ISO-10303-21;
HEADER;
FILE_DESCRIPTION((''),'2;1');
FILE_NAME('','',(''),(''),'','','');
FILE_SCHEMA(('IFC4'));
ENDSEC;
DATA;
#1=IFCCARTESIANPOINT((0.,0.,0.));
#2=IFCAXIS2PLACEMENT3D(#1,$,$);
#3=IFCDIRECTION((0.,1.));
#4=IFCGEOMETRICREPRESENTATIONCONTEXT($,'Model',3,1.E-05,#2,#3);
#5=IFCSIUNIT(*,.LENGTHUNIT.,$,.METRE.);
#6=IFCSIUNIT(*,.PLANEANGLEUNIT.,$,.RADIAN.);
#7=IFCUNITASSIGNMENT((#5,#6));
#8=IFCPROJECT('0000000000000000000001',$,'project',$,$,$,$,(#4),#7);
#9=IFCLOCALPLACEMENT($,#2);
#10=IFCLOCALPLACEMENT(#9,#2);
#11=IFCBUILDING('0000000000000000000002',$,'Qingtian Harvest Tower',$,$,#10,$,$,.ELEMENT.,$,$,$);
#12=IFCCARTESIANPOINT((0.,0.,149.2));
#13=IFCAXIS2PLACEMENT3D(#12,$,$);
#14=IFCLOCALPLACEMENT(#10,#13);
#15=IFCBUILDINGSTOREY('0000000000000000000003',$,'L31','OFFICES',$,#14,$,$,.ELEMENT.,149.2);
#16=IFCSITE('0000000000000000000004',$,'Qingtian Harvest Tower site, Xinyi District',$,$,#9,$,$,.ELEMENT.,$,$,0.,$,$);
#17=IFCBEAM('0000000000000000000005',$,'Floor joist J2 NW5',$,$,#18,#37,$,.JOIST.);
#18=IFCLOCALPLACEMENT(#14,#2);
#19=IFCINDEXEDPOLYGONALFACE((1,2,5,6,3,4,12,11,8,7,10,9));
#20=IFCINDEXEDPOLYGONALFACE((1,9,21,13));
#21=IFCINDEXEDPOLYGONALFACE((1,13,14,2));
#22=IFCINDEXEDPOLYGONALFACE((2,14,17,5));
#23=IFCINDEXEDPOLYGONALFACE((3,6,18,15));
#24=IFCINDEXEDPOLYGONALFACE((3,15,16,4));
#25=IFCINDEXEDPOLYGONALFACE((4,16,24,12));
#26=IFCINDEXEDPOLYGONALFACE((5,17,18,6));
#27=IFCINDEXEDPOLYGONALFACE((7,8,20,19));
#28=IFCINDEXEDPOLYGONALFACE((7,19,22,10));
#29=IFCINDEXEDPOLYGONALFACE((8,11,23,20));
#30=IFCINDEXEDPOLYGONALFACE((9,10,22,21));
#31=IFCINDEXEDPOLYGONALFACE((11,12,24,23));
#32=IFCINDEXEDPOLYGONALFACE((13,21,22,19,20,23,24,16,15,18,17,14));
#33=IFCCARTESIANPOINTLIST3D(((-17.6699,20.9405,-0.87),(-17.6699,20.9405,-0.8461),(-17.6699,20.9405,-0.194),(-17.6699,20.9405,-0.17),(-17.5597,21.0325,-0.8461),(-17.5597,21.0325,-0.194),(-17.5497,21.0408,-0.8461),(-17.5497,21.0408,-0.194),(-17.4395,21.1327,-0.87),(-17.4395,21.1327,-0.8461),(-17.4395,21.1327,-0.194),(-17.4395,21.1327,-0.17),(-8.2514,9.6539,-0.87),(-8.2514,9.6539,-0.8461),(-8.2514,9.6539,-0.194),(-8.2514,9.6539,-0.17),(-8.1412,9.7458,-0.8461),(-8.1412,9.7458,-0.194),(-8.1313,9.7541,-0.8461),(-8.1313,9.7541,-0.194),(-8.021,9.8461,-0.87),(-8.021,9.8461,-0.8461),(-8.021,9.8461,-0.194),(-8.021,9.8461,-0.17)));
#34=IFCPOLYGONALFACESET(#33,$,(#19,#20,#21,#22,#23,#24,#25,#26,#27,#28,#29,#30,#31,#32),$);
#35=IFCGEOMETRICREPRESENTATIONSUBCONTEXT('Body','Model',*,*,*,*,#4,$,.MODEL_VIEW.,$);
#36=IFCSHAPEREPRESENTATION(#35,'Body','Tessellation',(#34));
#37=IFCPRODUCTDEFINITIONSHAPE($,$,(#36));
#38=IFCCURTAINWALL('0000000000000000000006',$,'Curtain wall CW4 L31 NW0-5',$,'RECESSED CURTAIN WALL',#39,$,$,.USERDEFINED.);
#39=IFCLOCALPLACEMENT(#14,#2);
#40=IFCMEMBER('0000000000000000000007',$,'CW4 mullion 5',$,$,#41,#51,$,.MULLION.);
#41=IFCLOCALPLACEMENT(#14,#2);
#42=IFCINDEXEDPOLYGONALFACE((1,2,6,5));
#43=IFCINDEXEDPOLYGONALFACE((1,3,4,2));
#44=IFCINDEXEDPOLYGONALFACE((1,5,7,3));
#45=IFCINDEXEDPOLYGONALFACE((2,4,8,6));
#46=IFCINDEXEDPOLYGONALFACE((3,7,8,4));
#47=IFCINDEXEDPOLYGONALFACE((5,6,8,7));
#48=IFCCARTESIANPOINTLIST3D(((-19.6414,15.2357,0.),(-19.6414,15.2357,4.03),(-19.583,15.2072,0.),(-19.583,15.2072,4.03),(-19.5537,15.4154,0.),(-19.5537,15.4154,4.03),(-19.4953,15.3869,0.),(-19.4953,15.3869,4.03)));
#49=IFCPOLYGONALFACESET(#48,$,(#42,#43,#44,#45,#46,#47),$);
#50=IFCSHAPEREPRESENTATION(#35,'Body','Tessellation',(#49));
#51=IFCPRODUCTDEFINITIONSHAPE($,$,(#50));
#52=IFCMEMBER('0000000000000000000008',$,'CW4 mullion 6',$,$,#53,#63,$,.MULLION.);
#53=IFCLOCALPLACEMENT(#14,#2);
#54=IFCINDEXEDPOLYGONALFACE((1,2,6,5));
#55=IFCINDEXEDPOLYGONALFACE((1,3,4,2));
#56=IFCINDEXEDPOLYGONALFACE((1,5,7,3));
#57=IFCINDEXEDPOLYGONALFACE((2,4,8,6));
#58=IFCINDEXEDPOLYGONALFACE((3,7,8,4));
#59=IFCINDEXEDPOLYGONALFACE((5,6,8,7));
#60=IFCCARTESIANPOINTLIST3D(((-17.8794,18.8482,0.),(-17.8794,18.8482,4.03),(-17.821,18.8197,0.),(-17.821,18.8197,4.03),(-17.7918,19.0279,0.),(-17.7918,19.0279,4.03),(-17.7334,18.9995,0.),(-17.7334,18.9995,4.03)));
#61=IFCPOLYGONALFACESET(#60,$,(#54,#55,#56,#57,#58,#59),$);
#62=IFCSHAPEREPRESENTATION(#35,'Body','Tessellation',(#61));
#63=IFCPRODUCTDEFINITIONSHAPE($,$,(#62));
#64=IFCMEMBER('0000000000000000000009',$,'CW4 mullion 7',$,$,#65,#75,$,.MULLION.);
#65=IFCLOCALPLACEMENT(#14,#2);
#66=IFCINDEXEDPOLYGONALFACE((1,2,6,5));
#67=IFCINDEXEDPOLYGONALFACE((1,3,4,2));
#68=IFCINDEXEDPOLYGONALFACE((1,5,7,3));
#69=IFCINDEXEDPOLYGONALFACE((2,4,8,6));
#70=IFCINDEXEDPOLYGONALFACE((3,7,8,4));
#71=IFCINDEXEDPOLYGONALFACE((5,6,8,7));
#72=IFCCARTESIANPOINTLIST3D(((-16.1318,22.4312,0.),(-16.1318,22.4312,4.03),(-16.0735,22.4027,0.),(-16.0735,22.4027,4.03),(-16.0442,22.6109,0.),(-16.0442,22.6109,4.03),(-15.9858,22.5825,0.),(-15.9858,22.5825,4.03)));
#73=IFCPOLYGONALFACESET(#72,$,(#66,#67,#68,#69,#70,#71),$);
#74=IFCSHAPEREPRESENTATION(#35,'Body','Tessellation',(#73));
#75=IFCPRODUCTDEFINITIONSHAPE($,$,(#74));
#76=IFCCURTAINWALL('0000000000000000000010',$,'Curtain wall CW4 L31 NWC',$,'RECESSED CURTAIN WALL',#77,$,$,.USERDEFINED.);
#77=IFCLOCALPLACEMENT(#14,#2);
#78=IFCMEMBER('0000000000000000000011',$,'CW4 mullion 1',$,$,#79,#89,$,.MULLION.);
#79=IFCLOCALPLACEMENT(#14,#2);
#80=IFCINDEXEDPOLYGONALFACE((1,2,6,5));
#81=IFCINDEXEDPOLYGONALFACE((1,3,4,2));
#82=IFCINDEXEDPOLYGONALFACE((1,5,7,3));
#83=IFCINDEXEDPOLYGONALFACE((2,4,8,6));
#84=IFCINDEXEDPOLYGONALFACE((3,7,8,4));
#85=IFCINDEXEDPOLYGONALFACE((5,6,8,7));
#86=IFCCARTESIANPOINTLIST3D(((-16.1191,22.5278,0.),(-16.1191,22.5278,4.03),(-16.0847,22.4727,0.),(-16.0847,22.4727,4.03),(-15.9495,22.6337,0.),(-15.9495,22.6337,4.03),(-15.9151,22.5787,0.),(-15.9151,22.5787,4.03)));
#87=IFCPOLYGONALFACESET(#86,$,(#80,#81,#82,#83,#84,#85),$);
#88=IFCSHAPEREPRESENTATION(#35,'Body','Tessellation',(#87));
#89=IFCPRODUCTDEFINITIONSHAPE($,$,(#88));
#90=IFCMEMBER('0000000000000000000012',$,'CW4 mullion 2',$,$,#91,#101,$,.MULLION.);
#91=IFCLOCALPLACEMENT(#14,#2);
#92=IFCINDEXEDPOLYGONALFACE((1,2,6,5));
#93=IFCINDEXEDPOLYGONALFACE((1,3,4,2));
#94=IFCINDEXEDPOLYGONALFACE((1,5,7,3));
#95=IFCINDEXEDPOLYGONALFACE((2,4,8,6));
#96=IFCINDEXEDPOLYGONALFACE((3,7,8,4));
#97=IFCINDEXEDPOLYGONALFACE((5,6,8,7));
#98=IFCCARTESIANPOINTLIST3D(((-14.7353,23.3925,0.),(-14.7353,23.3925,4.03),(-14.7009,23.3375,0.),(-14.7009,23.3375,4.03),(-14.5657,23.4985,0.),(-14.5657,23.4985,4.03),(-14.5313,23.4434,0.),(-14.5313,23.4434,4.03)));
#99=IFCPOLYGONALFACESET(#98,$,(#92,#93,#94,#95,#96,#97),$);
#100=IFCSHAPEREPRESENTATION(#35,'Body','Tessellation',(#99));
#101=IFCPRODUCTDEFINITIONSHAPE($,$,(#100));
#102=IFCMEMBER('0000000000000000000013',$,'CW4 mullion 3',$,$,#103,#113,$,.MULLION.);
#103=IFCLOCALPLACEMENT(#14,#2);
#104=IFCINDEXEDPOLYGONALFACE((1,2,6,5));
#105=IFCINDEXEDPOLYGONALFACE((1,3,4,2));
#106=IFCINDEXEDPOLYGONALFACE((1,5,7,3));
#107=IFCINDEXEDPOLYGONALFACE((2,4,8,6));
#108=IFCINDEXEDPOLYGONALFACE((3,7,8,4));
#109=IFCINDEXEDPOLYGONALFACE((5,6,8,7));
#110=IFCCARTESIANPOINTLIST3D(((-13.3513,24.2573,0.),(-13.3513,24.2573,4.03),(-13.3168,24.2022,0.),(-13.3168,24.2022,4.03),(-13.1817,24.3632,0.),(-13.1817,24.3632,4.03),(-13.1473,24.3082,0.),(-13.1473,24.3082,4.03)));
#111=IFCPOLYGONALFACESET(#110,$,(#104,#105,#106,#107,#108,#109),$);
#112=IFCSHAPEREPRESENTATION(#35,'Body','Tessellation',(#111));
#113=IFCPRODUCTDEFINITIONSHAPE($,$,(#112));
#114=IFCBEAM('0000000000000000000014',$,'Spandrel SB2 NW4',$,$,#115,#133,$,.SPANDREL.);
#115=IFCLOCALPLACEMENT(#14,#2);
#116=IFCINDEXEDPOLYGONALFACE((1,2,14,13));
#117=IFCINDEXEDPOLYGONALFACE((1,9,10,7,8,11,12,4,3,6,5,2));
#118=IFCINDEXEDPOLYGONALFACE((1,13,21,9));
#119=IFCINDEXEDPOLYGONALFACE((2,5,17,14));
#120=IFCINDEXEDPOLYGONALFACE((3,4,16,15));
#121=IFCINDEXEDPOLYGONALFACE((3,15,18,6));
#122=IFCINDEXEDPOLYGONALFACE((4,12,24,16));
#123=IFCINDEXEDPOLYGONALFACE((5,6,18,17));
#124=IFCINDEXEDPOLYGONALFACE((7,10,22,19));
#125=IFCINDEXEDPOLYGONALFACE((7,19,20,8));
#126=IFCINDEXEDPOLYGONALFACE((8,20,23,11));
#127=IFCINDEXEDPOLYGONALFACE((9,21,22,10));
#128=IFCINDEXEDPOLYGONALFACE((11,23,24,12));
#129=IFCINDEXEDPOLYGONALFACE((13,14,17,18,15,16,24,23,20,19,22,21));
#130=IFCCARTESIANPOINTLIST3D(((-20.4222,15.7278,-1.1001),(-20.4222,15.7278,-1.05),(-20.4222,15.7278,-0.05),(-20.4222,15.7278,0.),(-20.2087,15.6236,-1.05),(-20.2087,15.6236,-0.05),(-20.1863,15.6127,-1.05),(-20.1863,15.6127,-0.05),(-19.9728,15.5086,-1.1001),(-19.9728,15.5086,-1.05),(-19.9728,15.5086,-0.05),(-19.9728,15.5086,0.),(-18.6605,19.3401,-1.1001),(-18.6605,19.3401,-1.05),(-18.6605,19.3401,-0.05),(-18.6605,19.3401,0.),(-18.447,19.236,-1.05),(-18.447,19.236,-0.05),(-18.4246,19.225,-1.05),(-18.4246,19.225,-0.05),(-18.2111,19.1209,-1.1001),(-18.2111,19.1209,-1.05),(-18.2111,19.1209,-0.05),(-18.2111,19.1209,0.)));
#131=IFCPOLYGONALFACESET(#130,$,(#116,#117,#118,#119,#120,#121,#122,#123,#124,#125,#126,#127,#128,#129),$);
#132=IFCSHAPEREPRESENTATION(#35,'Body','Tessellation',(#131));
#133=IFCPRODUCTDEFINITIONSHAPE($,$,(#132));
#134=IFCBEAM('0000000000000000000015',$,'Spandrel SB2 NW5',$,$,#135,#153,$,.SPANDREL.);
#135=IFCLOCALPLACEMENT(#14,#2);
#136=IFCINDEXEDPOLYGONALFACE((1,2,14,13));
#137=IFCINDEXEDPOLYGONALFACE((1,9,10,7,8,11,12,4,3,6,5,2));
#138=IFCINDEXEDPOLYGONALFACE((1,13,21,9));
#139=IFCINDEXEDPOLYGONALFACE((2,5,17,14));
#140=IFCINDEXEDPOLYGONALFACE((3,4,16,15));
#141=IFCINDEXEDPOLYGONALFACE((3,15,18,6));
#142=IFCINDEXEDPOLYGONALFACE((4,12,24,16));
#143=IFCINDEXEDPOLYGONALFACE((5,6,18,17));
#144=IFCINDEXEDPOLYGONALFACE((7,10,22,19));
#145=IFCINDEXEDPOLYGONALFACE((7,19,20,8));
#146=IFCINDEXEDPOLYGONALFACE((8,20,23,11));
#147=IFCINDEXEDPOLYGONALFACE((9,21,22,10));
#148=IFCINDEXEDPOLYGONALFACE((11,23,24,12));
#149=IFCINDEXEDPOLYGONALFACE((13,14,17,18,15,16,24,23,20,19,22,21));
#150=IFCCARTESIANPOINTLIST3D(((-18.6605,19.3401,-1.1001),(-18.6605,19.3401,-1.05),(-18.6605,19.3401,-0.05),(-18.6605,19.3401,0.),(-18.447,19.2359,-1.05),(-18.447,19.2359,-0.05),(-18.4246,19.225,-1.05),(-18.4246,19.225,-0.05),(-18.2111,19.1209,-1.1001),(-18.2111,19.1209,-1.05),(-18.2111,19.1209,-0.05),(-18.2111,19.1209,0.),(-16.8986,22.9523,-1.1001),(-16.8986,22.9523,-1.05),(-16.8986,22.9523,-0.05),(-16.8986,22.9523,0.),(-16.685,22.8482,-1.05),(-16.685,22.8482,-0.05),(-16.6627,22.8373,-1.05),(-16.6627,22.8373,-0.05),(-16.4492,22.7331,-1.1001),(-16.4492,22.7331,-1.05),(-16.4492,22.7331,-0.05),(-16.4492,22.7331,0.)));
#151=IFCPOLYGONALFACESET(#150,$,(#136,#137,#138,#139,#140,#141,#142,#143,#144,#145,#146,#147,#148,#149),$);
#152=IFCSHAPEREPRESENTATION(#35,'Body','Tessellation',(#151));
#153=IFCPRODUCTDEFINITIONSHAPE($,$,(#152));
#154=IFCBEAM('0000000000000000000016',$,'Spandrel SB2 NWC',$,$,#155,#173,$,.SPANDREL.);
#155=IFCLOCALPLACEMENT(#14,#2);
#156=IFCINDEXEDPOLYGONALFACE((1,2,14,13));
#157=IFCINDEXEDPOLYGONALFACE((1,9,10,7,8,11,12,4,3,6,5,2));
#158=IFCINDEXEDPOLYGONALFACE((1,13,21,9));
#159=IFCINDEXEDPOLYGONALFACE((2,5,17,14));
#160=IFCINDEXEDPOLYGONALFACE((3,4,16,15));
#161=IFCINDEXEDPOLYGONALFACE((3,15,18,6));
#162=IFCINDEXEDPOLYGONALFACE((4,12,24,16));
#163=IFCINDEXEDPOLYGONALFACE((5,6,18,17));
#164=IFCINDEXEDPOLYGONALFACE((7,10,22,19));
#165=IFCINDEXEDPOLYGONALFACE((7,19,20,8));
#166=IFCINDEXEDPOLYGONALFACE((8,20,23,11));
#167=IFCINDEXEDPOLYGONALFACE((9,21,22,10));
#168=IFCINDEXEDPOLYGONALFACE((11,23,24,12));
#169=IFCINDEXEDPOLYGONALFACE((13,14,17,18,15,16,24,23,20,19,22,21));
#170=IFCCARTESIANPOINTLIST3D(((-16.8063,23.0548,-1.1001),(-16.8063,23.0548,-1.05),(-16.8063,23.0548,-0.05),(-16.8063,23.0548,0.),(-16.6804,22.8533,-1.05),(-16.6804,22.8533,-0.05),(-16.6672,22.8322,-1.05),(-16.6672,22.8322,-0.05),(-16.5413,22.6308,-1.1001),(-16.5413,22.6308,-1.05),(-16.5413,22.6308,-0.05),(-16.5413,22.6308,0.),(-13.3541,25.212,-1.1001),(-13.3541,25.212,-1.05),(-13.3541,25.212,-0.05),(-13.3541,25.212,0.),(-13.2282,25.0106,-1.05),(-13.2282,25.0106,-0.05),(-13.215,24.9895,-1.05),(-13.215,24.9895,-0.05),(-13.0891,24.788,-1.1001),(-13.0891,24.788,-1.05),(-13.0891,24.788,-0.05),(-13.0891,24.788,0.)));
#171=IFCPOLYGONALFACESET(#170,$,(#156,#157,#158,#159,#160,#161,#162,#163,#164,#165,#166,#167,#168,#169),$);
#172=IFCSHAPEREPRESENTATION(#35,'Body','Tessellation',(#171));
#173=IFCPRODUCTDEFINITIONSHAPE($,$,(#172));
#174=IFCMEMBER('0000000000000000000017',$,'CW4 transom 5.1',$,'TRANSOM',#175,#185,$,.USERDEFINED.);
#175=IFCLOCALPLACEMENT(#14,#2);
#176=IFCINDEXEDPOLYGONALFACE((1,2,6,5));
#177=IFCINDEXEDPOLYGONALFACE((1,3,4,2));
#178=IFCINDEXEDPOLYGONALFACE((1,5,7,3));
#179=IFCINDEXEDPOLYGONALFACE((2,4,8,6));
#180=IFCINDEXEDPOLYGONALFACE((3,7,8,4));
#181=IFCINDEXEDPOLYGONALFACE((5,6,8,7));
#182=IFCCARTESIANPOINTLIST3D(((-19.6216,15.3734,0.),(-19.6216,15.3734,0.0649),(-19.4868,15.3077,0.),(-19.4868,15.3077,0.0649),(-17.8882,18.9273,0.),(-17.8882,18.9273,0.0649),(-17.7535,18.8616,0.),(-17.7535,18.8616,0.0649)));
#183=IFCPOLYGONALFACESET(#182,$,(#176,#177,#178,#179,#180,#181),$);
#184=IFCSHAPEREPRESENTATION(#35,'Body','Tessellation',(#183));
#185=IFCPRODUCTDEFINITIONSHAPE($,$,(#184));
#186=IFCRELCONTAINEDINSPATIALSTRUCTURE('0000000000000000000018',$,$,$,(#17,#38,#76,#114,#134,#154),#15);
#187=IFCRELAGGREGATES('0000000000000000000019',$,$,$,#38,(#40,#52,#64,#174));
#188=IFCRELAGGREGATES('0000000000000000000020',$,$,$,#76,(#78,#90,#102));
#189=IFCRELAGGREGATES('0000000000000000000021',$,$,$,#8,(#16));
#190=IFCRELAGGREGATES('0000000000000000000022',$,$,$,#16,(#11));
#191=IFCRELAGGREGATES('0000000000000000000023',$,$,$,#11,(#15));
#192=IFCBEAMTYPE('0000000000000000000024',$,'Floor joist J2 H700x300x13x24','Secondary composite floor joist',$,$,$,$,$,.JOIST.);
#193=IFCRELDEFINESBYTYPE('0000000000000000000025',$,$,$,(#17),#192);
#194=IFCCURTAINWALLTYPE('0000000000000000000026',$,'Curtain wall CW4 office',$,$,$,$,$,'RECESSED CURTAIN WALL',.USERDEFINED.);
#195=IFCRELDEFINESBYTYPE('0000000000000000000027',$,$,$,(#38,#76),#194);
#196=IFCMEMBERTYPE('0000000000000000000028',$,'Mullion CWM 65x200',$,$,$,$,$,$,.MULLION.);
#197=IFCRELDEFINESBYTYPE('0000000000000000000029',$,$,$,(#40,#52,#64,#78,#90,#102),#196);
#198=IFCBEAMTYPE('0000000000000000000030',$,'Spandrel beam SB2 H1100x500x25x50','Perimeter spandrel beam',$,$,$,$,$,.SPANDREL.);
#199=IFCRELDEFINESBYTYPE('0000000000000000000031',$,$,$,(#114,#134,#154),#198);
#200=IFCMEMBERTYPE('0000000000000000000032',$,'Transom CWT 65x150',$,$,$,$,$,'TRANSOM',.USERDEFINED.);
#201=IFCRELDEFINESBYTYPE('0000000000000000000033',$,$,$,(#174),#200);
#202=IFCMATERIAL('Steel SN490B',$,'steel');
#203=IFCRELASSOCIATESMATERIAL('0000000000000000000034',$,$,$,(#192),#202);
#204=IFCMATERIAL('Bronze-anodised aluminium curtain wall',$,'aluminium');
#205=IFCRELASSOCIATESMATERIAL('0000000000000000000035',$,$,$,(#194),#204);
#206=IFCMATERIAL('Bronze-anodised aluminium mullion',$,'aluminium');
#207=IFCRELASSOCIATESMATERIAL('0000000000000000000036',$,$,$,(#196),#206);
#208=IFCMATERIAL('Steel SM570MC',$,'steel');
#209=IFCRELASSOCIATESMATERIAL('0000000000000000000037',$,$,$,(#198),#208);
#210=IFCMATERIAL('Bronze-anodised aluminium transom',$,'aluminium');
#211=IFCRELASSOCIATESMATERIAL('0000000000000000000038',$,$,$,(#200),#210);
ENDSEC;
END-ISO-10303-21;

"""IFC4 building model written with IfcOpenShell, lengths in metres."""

from ifc_helpers import new_model, si_unit, direction, frame, origin, origin_2d, place, context, subcontext, project, spatial, rectangle, i_section, extrude, material, material_profile, profile_set, type_object, element, aggregate, save


model = new_model("IFC4")

# Units and contexts
model_context = context("Model", 3, precision=1e-05, world=origin(), true_north=direction((0.0, 1.0)))
body_context = subcontext(model_context, "Body", "Model", "MODEL_VIEW")
ifc_project = project(units=[si_unit("LENGTHUNIT", "METRE"), si_unit("PLANEANGLEUNIT", "RADIAN")], contexts=[model_context])

# Site, building, storey
site_placement = place(None, origin())
site = spatial("IfcSite", under=ifc_project, at=site_placement, Name="Qingtian Harvest Tower site, Xinyi District", CompositionType="ELEMENT", RefElevation=0.0)
building_placement = place(site_placement, origin())
building = spatial("IfcBuilding", under=site, at=building_placement, Name="Qingtian Harvest Tower", CompositionType="ELEMENT")
storey_placement = place(building_placement, frame((0.0, 0.0, 149.2)))
storey = spatial("IfcBuildingStorey", under=building, at=storey_placement, Name="L31", Description="OFFICES", CompositionType="ELEMENT", Elevation=149.2)

# Beam
ifc_material_1 = material(Name="Steel SN490B", Category="steel")
ifc_material_profile_1 = material_profile(ifc_material_1, i_section(OverallWidth=0.3, OverallDepth=0.7, WebThickness=0.0129, FlangeThickness=0.0239, at=origin_2d()), Name="H700x300x13x24")
ifc_profile_set_1 = profile_set([ifc_material_profile_1], Name="Steel SN490B")
beam_type_1 = type_object("IfcBeamType", Name="Floor joist J2 H700x300x13x24", Description="Secondary composite floor joist", PredefinedType="JOIST", material=ifc_profile_set_1)
beam_1_placement = place(storey_placement, frame((-17.5547, 21.0366, -0.52), z_axis=(0.640704, -0.767788, 0.0), x_axis=(0.767788, 0.640704, 0.0)))
element("IfcBeam", 1, at=beam_1_placement, inside=storey, type_object=beam_type_1, Name="Floor joist J2 NW5", PredefinedType="JOIST", context=body_context, shape_type="SweptSolid", body=[
    extrude(i_section(OverallWidth=0.3, OverallDepth=0.7, WebThickness=0.0129, FlangeThickness=0.0239, at=origin_2d()), origin(), (0.0, 0.0, 1.0), 14.7002),
])

# Curtain walls, members
ifc_material_2 = material(Name="Bronze-anodised aluminium curtain wall", Category="aluminium")
curtain_wall_type = type_object("IfcCurtainWallType", Name="Curtain wall CW4 office", ElementType="RECESSED CURTAIN WALL", PredefinedType="USERDEFINED", material=ifc_material_2)
curtain_wall_1_placement = place(storey_placement, origin())
curtain_wall_1 = element("IfcCurtainWall", 2, at=curtain_wall_1_placement, inside=storey, type_object=curtain_wall_type, Name="Curtain wall CW4 L31 NW0-5", ObjectType="RECESSED CURTAIN WALL", PredefinedType="USERDEFINED")
ifc_material_3 = material(Name="Bronze-anodised aluminium mullion", Category="aluminium")
ifc_material_profile_2 = material_profile(ifc_material_3, rectangle(XDim=0.0649, YDim=0.2, at=origin_2d()), Name="AL 65x200")
ifc_profile_set_2 = profile_set([ifc_material_profile_2], Name="Bronze-anodised aluminium mullion")
member_type_1 = type_object("IfcMemberType", Name="Mullion CWM 65x200", PredefinedType="MULLION", material=ifc_profile_set_2)
member_1_placement = place(storey_placement, frame((-19.5684, 15.3113, 0.0), z_axis=(0.0, 0.0, 1.0), x_axis=(-0.898794, 0.438371, 0.0)))
member_1 = element("IfcMember", 3, at=member_1_placement, type_object=member_type_1, Name="CW4 mullion 5", PredefinedType="MULLION", context=body_context, shape_type="SweptSolid", body=[
    extrude(rectangle(XDim=0.0649, YDim=0.2, at=origin_2d()), origin(), (0.0, 0.0, 1.0), 4.03),
])
member_2_placement = place(storey_placement, frame((-17.8064, 18.9238, 0.0), z_axis=(0.0, 0.0, 1.0), x_axis=(-0.898794, 0.438371, 0.0)))
member_2 = element("IfcMember", 4, at=member_2_placement, type_object=member_type_1, Name="CW4 mullion 6", PredefinedType="MULLION", context=body_context, shape_type="SweptSolid", body=[
    extrude(rectangle(XDim=0.0649, YDim=0.2, at=origin_2d()), origin(), (0.0, 0.0, 1.0), 4.03),
])
member_3_placement = place(storey_placement, frame((-16.0588, 22.5068, 0.0), z_axis=(0.0, 0.0, 1.0), x_axis=(-0.898794, 0.438371, 0.0)))
member_3 = element("IfcMember", 5, at=member_3_placement, type_object=member_type_1, Name="CW4 mullion 7", PredefinedType="MULLION", context=body_context, shape_type="SweptSolid", body=[
    extrude(rectangle(XDim=0.0649, YDim=0.2, at=origin_2d()), origin(), (0.0, 0.0, 1.0), 4.03),
])
curtain_wall_2_placement = place(storey_placement, origin())
curtain_wall_2 = element("IfcCurtainWall", 6, at=curtain_wall_2_placement, inside=storey, type_object=curtain_wall_type, Name="Curtain wall CW4 L31 NWC", ObjectType="RECESSED CURTAIN WALL", PredefinedType="USERDEFINED")
member_4_placement = place(storey_placement, frame((-16.0171, 22.5532, 0.0), z_axis=(0.0, 0.0, 1.0), x_axis=(-0.529919, 0.848048, 0.0)))
member_4 = element("IfcMember", 7, at=member_4_placement, type_object=member_type_1, Name="CW4 mullion 1", PredefinedType="MULLION", context=body_context, shape_type="SweptSolid", body=[
    extrude(rectangle(XDim=0.0649, YDim=0.2, at=origin_2d()), origin(), (0.0, 0.0, 1.0), 4.03),
])
member_5_placement = place(storey_placement, frame((-14.6333, 23.418, 0.0), z_axis=(0.0, 0.0, 1.0), x_axis=(-0.529919, 0.848048, 0.0)))
member_5 = element("IfcMember", 8, at=member_5_placement, type_object=member_type_1, Name="CW4 mullion 2", PredefinedType="MULLION", context=body_context, shape_type="SweptSolid", body=[
    extrude(rectangle(XDim=0.0649, YDim=0.2, at=origin_2d()), origin(), (0.0, 0.0, 1.0), 4.03),
])
member_6_placement = place(storey_placement, frame((-13.2493, 24.2827, 0.0), z_axis=(0.0, 0.0, 1.0), x_axis=(-0.529919, 0.848048, 0.0)))
member_6 = element("IfcMember", 9, at=member_6_placement, type_object=member_type_1, Name="CW4 mullion 3", PredefinedType="MULLION", context=body_context, shape_type="SweptSolid", body=[
    extrude(rectangle(XDim=0.0649, YDim=0.2, at=origin_2d()), origin(), (0.0, 0.0, 1.0), 4.03),
])

# Beams
ifc_material_4 = material(Name="Steel SM570MC", Category="steel")
ifc_material_profile_3 = material_profile(ifc_material_4, i_section(OverallWidth=0.5, OverallDepth=1.1001, WebThickness=0.0249, FlangeThickness=0.05, at=origin_2d()), Name="H1100x500x25x50")
ifc_profile_set_3 = profile_set([ifc_material_profile_3], Name="Steel SM570MC")
beam_type_2 = type_object("IfcBeamType", Name="Spandrel beam SB2 H1100x500x25x50", Description="Perimeter spandrel beam", PredefinedType="SPANDREL", material=ifc_profile_set_3)
for number, where, z_axis, x_axis, name in (
    (10, (-20.1975, 15.6182, -0.55), (0.438347, 0.898806, 0.0), (-0.898806, 0.438347, 0.0), "Spandrel SB2 NW4"),
    (11, (-18.4358, 19.2305, -0.55), (0.438396, 0.898782, 0.0), (-0.898782, 0.438396, 0.0), "Spandrel SB2 NW5"),
):
    element("IfcBeam", number, at=place(storey_placement, frame(where, z_axis=z_axis, x_axis=x_axis)), inside=storey, type_object=beam_type_2, Name=name, PredefinedType="SPANDREL", context=body_context, shape_type="SweptSolid", body=[
        extrude(i_section(OverallWidth=0.5, OverallDepth=1.1001, WebThickness=0.0249, FlangeThickness=0.05, at=origin_2d()), origin(), (0.0, 0.0, 1.0), 4.019),
    ])
beam_2_placement = place(storey_placement, frame((-16.6738, 22.8428, -0.55), z_axis=(0.848039, 0.529934, 0.0), x_axis=(-0.529934, 0.848039, 0.0)))
element("IfcBeam", 12, at=beam_2_placement, inside=storey, type_object=beam_type_2, Name="Spandrel SB2 NWC", PredefinedType="SPANDREL", context=body_context, shape_type="SweptSolid", body=[
    extrude(i_section(OverallWidth=0.5, OverallDepth=1.1001, WebThickness=0.0249, FlangeThickness=0.05, at=origin_2d()), origin(), (0.0, 0.0, 1.0), 4.0708),
])

# Member
ifc_material_5 = material(Name="Bronze-anodised aluminium transom", Category="aluminium")
ifc_material_profile_4 = material_profile(ifc_material_5, rectangle(XDim=0.1499, YDim=0.0649, at=origin_2d()), Name="AL 65x150")
ifc_profile_set_4 = profile_set([ifc_material_profile_4], Name="Bronze-anodised aluminium transom")
member_type_2 = type_object("IfcMemberType", Name="Transom CWT 65x150", ElementType="TRANSOM", PredefinedType="USERDEFINED", material=ifc_profile_set_4)
member_7_placement = place(storey_placement, frame((-19.5542, 15.3406, 0.0325), z_axis=(0.438375, 0.898792, 0.0), x_axis=(-0.898792, 0.438375, 0.0)))
member_7 = element("IfcMember", 13, at=member_7_placement, type_object=member_type_2, Name="CW4 transom 5.1", ObjectType="TRANSOM", PredefinedType="USERDEFINED", context=body_context, shape_type="SweptSolid", body=[
    extrude(rectangle(XDim=0.1499, YDim=0.0649, at=origin_2d()), origin(), (0.0, 0.0, 1.0), 3.9541),
])

aggregate(curtain_wall_1, [member_1, member_2, member_3, member_7])
aggregate(curtain_wall_2, [member_4, member_5, member_6])

save(model, "model.ifc")
